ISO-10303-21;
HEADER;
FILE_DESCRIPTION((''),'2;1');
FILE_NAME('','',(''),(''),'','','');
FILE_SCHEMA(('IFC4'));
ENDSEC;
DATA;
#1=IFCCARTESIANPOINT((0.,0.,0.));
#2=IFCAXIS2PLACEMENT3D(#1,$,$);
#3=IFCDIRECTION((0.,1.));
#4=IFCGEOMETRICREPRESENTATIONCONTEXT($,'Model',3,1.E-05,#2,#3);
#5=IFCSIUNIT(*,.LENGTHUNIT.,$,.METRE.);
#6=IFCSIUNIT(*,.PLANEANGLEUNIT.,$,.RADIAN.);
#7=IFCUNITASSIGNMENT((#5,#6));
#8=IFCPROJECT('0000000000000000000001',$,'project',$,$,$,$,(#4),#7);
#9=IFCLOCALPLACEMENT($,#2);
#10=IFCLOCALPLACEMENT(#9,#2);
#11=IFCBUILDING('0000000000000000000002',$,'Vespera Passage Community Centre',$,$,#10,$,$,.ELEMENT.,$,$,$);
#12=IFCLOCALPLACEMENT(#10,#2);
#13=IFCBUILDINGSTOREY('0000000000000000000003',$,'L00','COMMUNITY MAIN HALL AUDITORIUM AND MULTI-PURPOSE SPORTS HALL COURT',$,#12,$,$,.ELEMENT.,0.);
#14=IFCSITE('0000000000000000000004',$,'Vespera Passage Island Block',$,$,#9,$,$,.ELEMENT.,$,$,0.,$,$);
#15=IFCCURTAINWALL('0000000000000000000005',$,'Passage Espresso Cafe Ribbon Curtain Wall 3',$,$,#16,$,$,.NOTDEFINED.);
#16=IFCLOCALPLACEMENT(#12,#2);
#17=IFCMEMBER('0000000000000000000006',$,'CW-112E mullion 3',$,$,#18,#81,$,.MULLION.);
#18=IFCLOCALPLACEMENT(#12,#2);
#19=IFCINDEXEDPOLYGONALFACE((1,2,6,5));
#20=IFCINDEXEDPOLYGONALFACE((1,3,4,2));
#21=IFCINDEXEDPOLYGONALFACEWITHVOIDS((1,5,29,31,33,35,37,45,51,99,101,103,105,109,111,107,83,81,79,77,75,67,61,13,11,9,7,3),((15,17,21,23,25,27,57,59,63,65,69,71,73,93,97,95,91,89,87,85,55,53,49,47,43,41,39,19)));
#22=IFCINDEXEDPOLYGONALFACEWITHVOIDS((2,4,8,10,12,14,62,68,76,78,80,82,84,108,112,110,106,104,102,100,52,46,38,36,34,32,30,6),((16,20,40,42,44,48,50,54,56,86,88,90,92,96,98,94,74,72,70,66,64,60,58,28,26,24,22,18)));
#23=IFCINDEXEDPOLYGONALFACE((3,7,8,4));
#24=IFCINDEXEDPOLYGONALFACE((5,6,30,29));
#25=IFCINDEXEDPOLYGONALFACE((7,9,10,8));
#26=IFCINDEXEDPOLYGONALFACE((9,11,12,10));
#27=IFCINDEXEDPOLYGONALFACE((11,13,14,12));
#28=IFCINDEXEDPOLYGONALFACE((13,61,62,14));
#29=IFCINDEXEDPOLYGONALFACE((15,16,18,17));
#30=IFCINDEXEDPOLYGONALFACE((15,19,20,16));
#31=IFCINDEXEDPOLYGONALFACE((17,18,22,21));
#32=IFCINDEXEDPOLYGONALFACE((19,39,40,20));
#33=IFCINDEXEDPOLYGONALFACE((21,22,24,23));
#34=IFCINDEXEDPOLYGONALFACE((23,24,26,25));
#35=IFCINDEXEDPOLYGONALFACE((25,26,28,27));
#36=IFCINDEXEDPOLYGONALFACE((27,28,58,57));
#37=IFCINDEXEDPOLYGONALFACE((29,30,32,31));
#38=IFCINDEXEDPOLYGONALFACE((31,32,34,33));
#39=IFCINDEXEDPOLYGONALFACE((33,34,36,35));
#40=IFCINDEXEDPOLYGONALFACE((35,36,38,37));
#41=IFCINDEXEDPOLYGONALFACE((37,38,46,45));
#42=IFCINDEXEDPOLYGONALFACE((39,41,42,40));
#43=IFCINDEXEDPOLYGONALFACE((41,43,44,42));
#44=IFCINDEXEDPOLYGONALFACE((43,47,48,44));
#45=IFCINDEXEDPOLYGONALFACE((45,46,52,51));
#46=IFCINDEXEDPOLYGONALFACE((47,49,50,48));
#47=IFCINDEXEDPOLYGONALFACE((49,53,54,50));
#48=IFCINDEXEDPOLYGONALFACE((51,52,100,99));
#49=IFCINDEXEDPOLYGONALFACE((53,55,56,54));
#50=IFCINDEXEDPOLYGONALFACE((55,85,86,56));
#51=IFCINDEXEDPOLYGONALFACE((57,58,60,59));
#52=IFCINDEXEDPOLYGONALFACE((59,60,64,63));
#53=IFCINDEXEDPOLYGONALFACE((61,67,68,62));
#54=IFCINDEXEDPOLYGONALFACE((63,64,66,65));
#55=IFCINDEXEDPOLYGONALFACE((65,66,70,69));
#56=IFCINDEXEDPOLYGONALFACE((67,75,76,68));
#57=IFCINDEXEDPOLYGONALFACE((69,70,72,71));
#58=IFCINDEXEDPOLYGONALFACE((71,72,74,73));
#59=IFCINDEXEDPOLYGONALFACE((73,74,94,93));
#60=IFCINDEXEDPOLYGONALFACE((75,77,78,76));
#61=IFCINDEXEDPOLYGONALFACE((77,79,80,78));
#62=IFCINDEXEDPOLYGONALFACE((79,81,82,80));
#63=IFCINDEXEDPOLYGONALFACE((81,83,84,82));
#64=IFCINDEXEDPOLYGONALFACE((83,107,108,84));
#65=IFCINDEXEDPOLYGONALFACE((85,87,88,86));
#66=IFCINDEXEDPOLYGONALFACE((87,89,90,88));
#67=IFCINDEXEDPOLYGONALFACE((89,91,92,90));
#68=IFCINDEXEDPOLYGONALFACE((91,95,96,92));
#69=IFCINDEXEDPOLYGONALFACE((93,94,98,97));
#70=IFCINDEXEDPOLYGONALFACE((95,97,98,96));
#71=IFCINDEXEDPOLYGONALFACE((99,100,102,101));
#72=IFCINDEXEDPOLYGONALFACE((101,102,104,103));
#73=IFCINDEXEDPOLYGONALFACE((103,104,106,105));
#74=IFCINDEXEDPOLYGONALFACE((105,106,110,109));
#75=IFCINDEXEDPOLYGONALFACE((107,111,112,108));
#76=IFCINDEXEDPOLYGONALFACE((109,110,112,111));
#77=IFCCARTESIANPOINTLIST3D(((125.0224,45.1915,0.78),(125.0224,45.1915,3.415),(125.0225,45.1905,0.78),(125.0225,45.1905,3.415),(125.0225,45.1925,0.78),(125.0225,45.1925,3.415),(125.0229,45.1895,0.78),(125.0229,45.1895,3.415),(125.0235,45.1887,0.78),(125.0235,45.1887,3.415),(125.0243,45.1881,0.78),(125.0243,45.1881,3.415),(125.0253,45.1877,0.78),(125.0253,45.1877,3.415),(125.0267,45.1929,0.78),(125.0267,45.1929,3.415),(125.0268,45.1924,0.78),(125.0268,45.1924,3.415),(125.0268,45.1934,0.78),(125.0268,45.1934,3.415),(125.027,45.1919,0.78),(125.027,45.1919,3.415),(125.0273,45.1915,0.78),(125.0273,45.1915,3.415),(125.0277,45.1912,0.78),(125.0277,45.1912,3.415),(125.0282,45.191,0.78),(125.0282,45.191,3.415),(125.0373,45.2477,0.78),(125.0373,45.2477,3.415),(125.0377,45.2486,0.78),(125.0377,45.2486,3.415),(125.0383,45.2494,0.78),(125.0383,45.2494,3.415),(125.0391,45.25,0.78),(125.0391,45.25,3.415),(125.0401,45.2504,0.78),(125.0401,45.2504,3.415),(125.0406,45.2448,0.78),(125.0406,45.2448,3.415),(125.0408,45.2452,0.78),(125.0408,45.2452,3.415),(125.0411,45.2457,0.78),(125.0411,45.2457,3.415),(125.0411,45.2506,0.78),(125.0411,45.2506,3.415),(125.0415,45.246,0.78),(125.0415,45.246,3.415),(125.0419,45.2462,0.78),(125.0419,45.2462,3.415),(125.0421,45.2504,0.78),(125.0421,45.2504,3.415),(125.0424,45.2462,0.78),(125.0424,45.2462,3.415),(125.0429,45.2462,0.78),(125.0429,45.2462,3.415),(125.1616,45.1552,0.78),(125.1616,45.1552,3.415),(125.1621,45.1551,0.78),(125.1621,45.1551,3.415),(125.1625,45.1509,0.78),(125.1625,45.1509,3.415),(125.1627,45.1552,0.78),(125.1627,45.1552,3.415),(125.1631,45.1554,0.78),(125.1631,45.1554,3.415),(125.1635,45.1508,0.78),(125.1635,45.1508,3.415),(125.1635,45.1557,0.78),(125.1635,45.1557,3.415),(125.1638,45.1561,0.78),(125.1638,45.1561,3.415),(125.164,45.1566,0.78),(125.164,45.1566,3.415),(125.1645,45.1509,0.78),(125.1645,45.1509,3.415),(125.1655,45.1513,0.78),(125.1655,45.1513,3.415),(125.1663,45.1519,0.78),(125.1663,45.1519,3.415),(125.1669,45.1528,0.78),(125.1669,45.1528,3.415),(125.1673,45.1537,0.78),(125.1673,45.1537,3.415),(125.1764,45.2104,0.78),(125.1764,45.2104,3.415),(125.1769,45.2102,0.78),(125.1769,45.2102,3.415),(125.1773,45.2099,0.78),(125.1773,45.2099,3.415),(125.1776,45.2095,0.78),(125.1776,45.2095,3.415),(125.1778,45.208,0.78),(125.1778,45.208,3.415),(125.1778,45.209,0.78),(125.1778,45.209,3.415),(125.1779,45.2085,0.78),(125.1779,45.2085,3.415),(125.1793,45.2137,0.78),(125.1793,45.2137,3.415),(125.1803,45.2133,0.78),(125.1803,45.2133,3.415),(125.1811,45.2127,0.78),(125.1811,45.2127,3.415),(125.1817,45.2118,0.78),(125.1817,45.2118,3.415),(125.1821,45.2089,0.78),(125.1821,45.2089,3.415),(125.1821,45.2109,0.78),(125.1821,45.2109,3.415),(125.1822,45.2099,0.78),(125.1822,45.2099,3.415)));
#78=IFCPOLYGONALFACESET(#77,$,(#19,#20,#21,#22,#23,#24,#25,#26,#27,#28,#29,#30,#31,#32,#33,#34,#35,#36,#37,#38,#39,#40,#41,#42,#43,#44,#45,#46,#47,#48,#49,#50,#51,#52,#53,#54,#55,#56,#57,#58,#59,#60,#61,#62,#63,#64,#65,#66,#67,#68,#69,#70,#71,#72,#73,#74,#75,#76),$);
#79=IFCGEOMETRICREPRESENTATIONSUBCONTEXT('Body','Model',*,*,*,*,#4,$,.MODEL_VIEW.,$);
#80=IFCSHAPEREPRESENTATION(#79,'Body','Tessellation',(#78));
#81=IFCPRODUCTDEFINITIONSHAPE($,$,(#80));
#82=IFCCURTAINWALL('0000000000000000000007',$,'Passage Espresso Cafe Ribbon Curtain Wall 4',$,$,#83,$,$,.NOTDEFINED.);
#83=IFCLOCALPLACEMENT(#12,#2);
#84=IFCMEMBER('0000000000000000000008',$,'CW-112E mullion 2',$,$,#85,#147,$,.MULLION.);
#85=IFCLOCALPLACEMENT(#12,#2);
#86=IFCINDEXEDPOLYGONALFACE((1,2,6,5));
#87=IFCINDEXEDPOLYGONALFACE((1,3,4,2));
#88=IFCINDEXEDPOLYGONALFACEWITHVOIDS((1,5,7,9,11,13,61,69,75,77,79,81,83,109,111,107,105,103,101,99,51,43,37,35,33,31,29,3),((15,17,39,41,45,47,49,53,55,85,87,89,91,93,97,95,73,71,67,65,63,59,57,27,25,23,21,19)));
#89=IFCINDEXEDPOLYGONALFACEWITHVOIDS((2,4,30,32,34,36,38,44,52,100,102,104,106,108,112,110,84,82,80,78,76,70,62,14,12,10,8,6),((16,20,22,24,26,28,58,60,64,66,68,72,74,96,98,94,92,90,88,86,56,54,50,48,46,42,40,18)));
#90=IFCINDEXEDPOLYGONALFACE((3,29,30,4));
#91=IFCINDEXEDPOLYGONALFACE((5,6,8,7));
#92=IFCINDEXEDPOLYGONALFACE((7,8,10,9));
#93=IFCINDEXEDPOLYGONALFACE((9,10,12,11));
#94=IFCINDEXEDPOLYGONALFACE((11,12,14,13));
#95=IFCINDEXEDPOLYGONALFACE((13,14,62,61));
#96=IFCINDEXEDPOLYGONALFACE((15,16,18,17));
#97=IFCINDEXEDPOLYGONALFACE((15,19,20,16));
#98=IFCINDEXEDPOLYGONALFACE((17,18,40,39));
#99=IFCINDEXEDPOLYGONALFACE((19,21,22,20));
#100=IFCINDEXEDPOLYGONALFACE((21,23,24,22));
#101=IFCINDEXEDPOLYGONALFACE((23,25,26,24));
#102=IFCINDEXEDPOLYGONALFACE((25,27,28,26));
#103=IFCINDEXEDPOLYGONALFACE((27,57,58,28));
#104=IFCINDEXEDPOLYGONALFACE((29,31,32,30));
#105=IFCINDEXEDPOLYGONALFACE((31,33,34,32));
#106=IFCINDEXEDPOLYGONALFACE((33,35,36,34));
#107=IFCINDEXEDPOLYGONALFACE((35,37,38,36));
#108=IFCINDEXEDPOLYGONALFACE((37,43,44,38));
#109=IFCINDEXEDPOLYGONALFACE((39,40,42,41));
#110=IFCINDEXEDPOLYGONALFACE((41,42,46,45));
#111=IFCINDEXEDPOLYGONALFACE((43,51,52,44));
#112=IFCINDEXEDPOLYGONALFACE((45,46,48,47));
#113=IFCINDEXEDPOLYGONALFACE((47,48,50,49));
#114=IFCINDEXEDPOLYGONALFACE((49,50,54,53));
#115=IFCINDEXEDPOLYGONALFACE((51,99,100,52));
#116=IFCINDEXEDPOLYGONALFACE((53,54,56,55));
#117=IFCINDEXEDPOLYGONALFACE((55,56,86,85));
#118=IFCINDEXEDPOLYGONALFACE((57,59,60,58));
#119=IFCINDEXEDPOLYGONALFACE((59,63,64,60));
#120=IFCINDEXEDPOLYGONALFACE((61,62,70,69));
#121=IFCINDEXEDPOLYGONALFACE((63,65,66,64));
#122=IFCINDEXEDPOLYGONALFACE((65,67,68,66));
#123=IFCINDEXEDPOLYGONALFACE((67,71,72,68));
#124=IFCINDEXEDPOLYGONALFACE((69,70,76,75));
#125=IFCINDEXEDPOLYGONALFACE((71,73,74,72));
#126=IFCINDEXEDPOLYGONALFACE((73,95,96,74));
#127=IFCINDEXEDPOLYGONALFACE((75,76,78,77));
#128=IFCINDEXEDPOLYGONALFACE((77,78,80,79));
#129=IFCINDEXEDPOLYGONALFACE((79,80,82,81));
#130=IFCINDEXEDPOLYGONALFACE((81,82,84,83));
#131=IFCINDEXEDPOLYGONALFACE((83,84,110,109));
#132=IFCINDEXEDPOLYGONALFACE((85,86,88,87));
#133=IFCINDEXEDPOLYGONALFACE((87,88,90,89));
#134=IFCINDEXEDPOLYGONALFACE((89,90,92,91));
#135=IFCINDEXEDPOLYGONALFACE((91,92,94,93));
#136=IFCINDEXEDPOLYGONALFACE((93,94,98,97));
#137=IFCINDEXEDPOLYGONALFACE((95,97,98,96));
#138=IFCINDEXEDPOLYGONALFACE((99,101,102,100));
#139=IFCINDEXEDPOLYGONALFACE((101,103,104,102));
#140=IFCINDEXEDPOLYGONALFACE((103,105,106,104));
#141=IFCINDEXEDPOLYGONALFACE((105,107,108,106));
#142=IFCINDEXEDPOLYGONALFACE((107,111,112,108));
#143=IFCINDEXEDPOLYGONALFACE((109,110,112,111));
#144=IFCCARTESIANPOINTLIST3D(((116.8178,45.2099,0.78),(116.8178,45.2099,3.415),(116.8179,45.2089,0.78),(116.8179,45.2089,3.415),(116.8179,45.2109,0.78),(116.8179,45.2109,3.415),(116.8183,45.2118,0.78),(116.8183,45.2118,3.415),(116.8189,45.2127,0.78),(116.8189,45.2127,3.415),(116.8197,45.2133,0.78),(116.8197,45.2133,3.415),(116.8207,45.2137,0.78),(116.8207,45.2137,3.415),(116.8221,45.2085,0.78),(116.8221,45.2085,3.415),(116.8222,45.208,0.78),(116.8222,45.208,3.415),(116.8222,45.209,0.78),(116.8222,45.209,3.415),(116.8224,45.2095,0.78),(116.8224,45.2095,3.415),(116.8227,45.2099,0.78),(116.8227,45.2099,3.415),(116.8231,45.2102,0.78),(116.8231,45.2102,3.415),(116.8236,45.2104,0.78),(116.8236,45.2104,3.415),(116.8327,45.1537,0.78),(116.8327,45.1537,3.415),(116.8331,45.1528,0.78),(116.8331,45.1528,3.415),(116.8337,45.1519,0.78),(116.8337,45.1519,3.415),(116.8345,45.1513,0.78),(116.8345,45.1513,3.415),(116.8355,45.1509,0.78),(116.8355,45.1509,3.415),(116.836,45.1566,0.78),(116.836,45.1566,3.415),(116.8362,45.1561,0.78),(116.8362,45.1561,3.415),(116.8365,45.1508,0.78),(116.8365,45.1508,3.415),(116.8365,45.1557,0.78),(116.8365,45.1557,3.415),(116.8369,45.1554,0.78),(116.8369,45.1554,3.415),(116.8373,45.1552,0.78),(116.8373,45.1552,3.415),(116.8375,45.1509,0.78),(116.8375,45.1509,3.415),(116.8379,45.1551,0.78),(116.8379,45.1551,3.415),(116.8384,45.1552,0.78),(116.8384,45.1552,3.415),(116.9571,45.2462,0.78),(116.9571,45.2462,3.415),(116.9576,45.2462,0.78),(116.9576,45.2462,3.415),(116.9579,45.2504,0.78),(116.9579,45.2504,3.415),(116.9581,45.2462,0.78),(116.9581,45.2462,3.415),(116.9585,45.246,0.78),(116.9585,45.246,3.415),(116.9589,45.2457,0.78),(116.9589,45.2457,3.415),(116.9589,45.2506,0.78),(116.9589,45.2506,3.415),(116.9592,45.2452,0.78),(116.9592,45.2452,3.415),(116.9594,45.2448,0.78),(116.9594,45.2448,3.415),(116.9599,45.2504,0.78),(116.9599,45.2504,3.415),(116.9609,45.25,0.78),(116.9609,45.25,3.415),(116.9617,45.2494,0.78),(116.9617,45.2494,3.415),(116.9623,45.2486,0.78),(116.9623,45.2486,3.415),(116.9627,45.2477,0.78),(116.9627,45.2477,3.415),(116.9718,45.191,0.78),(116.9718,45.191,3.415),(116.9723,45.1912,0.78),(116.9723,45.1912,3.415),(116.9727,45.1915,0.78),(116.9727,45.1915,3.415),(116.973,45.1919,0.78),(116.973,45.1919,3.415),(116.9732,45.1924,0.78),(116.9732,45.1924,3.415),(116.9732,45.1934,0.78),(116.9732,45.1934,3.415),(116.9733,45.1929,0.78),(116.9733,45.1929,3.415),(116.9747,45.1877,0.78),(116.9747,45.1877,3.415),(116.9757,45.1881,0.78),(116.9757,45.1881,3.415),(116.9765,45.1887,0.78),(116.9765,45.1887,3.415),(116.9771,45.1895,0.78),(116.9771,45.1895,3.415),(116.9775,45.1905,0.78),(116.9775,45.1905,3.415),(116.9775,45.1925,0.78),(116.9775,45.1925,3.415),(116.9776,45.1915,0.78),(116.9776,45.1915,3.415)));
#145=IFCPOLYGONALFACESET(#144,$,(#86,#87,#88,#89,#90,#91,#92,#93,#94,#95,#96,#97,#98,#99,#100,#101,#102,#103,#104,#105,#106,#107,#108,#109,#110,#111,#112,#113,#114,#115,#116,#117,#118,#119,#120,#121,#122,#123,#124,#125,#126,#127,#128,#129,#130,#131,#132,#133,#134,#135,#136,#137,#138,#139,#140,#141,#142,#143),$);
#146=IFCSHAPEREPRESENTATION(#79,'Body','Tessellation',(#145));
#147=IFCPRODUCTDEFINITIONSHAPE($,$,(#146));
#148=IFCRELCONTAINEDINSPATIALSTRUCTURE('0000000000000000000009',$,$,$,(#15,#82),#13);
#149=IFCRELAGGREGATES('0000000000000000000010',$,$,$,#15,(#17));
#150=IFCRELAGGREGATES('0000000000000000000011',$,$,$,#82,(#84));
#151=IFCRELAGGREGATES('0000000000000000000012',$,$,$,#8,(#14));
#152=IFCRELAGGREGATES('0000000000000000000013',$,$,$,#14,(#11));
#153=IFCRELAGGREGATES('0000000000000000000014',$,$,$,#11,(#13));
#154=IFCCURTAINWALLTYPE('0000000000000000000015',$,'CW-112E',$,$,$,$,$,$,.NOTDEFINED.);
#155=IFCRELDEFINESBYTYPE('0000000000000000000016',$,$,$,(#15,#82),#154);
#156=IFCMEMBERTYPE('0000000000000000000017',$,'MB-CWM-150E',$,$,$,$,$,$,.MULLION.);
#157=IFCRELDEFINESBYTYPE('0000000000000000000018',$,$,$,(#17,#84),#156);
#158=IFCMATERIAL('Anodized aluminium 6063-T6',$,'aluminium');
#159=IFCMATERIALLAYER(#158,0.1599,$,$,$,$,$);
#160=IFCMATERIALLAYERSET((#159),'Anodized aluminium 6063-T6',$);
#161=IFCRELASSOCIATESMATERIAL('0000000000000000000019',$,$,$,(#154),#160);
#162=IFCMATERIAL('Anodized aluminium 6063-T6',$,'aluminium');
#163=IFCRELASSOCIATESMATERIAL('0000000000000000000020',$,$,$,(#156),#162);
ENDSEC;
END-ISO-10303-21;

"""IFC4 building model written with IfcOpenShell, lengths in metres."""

from ifc_helpers import new_model, si_unit, direction, frame, origin, origin_2d, place, context, subcontext, project, spatial, hollow_rectangle, extrude, material, layer, layer_set, material_profile, profile_set, type_object, element, aggregate, save


model = new_model("IFC4")

# Units and contexts
model_context = context("Model", 3, precision=1e-05, world=origin(), true_north=direction((0.0, 1.0)))
body_context = subcontext(model_context, "Body", "Model", "MODEL_VIEW")
ifc_project = project(units=[si_unit("LENGTHUNIT", "METRE"), si_unit("PLANEANGLEUNIT", "RADIAN")], contexts=[model_context])

# Site, building, storey
site_placement = place(None, origin())
site = spatial("IfcSite", under=ifc_project, at=site_placement, Name="Vespera Passage Island Block", CompositionType="ELEMENT", RefElevation=0.0)
building_placement = place(site_placement, origin())
building = spatial("IfcBuilding", under=site, at=building_placement, Name="Vespera Passage Community Centre", CompositionType="ELEMENT")
storey_placement = place(building_placement, origin())
storey = spatial("IfcBuildingStorey", under=building, at=storey_placement, Name="L00", Description="COMMUNITY MAIN HALL AUDITORIUM AND MULTI-PURPOSE SPORTS HALL COURT", CompositionType="ELEMENT", Elevation=0.0)

# Curtain walls, members
ifc_material_1 = material(Name="Anodized aluminium 6063-T6", Category="aluminium")
ifc_layer_1 = layer(ifc_material_1, 0.1599)
ifc_layer_set_1 = layer_set([ifc_layer_1], Name="Anodized aluminium 6063-T6")
curtain_wall_type = type_object("IfcCurtainWallType", Name="CW-112E", PredefinedType="NOTDEFINED", material=ifc_layer_set_1)
curtain_wall_1_placement = place(storey_placement, origin())
curtain_wall_1 = element("IfcCurtainWall", 1, at=curtain_wall_1_placement, inside=storey, type_object=curtain_wall_type, Name="Passage Espresso Cafe Ribbon Curtain Wall 3", PredefinedType="NOTDEFINED")
ifc_material_2 = material(Name="Anodized aluminium 6063-T6", Category="aluminium")
ifc_material_profile_1 = material_profile(ifc_material_2, hollow_rectangle(XDim=0.0649, YDim=0.1499, WallThickness=0.0039, InnerFilletRadius=0.002, OuterFilletRadius=0.0039, at=origin_2d()), Name="ALU150X65X4")
ifc_profile_set_1 = profile_set([ifc_material_profile_1], Name="Anodized aluminium 6063-T6")
member_type_1 = type_object("IfcMemberType", Name="MB-CWM-150E", PredefinedType="MULLION", material=ifc_profile_set_1)
member_1_placement = place(storey_placement, frame((125.1023, 45.2007, 0.78), z_axis=(0.0, 0.0, 1.0), x_axis=(0.258807, 0.965929, 0.0)))
member_1 = element("IfcMember", 2, at=member_1_placement, type_object=member_type_1, Name="CW-112E mullion 3", PredefinedType="MULLION", context=body_context, shape_type="SweptSolid", body=[
    extrude(hollow_rectangle(XDim=0.0649, YDim=0.1499, WallThickness=0.0039, InnerFilletRadius=0.002, OuterFilletRadius=0.0039, at=origin_2d()), origin(), (0.0, 0.0, 1.0), 2.635),
])
curtain_wall_2_placement = place(storey_placement, origin())
curtain_wall_2 = element("IfcCurtainWall", 3, at=curtain_wall_2_placement, inside=storey, type_object=curtain_wall_type, Name="Passage Espresso Cafe Ribbon Curtain Wall 4", PredefinedType="NOTDEFINED")
member_2_placement = place(storey_placement, frame((116.8977, 45.2007, 0.78), z_axis=(0.0, 0.0, 1.0), x_axis=(-0.258807, 0.965929, 0.0)))
member_2 = element("IfcMember", 4, at=member_2_placement, type_object=member_type_1, Name="CW-112E mullion 2", PredefinedType="MULLION", context=body_context, shape_type="SweptSolid", body=[
    extrude(hollow_rectangle(XDim=0.0649, YDim=0.1499, WallThickness=0.0039, InnerFilletRadius=0.002, OuterFilletRadius=0.0039, at=origin_2d()), origin(), (0.0, 0.0, 1.0), 2.635),
])

aggregate(curtain_wall_1, [member_1])
aggregate(curtain_wall_2, [member_2])

save(model, "model.ifc")
